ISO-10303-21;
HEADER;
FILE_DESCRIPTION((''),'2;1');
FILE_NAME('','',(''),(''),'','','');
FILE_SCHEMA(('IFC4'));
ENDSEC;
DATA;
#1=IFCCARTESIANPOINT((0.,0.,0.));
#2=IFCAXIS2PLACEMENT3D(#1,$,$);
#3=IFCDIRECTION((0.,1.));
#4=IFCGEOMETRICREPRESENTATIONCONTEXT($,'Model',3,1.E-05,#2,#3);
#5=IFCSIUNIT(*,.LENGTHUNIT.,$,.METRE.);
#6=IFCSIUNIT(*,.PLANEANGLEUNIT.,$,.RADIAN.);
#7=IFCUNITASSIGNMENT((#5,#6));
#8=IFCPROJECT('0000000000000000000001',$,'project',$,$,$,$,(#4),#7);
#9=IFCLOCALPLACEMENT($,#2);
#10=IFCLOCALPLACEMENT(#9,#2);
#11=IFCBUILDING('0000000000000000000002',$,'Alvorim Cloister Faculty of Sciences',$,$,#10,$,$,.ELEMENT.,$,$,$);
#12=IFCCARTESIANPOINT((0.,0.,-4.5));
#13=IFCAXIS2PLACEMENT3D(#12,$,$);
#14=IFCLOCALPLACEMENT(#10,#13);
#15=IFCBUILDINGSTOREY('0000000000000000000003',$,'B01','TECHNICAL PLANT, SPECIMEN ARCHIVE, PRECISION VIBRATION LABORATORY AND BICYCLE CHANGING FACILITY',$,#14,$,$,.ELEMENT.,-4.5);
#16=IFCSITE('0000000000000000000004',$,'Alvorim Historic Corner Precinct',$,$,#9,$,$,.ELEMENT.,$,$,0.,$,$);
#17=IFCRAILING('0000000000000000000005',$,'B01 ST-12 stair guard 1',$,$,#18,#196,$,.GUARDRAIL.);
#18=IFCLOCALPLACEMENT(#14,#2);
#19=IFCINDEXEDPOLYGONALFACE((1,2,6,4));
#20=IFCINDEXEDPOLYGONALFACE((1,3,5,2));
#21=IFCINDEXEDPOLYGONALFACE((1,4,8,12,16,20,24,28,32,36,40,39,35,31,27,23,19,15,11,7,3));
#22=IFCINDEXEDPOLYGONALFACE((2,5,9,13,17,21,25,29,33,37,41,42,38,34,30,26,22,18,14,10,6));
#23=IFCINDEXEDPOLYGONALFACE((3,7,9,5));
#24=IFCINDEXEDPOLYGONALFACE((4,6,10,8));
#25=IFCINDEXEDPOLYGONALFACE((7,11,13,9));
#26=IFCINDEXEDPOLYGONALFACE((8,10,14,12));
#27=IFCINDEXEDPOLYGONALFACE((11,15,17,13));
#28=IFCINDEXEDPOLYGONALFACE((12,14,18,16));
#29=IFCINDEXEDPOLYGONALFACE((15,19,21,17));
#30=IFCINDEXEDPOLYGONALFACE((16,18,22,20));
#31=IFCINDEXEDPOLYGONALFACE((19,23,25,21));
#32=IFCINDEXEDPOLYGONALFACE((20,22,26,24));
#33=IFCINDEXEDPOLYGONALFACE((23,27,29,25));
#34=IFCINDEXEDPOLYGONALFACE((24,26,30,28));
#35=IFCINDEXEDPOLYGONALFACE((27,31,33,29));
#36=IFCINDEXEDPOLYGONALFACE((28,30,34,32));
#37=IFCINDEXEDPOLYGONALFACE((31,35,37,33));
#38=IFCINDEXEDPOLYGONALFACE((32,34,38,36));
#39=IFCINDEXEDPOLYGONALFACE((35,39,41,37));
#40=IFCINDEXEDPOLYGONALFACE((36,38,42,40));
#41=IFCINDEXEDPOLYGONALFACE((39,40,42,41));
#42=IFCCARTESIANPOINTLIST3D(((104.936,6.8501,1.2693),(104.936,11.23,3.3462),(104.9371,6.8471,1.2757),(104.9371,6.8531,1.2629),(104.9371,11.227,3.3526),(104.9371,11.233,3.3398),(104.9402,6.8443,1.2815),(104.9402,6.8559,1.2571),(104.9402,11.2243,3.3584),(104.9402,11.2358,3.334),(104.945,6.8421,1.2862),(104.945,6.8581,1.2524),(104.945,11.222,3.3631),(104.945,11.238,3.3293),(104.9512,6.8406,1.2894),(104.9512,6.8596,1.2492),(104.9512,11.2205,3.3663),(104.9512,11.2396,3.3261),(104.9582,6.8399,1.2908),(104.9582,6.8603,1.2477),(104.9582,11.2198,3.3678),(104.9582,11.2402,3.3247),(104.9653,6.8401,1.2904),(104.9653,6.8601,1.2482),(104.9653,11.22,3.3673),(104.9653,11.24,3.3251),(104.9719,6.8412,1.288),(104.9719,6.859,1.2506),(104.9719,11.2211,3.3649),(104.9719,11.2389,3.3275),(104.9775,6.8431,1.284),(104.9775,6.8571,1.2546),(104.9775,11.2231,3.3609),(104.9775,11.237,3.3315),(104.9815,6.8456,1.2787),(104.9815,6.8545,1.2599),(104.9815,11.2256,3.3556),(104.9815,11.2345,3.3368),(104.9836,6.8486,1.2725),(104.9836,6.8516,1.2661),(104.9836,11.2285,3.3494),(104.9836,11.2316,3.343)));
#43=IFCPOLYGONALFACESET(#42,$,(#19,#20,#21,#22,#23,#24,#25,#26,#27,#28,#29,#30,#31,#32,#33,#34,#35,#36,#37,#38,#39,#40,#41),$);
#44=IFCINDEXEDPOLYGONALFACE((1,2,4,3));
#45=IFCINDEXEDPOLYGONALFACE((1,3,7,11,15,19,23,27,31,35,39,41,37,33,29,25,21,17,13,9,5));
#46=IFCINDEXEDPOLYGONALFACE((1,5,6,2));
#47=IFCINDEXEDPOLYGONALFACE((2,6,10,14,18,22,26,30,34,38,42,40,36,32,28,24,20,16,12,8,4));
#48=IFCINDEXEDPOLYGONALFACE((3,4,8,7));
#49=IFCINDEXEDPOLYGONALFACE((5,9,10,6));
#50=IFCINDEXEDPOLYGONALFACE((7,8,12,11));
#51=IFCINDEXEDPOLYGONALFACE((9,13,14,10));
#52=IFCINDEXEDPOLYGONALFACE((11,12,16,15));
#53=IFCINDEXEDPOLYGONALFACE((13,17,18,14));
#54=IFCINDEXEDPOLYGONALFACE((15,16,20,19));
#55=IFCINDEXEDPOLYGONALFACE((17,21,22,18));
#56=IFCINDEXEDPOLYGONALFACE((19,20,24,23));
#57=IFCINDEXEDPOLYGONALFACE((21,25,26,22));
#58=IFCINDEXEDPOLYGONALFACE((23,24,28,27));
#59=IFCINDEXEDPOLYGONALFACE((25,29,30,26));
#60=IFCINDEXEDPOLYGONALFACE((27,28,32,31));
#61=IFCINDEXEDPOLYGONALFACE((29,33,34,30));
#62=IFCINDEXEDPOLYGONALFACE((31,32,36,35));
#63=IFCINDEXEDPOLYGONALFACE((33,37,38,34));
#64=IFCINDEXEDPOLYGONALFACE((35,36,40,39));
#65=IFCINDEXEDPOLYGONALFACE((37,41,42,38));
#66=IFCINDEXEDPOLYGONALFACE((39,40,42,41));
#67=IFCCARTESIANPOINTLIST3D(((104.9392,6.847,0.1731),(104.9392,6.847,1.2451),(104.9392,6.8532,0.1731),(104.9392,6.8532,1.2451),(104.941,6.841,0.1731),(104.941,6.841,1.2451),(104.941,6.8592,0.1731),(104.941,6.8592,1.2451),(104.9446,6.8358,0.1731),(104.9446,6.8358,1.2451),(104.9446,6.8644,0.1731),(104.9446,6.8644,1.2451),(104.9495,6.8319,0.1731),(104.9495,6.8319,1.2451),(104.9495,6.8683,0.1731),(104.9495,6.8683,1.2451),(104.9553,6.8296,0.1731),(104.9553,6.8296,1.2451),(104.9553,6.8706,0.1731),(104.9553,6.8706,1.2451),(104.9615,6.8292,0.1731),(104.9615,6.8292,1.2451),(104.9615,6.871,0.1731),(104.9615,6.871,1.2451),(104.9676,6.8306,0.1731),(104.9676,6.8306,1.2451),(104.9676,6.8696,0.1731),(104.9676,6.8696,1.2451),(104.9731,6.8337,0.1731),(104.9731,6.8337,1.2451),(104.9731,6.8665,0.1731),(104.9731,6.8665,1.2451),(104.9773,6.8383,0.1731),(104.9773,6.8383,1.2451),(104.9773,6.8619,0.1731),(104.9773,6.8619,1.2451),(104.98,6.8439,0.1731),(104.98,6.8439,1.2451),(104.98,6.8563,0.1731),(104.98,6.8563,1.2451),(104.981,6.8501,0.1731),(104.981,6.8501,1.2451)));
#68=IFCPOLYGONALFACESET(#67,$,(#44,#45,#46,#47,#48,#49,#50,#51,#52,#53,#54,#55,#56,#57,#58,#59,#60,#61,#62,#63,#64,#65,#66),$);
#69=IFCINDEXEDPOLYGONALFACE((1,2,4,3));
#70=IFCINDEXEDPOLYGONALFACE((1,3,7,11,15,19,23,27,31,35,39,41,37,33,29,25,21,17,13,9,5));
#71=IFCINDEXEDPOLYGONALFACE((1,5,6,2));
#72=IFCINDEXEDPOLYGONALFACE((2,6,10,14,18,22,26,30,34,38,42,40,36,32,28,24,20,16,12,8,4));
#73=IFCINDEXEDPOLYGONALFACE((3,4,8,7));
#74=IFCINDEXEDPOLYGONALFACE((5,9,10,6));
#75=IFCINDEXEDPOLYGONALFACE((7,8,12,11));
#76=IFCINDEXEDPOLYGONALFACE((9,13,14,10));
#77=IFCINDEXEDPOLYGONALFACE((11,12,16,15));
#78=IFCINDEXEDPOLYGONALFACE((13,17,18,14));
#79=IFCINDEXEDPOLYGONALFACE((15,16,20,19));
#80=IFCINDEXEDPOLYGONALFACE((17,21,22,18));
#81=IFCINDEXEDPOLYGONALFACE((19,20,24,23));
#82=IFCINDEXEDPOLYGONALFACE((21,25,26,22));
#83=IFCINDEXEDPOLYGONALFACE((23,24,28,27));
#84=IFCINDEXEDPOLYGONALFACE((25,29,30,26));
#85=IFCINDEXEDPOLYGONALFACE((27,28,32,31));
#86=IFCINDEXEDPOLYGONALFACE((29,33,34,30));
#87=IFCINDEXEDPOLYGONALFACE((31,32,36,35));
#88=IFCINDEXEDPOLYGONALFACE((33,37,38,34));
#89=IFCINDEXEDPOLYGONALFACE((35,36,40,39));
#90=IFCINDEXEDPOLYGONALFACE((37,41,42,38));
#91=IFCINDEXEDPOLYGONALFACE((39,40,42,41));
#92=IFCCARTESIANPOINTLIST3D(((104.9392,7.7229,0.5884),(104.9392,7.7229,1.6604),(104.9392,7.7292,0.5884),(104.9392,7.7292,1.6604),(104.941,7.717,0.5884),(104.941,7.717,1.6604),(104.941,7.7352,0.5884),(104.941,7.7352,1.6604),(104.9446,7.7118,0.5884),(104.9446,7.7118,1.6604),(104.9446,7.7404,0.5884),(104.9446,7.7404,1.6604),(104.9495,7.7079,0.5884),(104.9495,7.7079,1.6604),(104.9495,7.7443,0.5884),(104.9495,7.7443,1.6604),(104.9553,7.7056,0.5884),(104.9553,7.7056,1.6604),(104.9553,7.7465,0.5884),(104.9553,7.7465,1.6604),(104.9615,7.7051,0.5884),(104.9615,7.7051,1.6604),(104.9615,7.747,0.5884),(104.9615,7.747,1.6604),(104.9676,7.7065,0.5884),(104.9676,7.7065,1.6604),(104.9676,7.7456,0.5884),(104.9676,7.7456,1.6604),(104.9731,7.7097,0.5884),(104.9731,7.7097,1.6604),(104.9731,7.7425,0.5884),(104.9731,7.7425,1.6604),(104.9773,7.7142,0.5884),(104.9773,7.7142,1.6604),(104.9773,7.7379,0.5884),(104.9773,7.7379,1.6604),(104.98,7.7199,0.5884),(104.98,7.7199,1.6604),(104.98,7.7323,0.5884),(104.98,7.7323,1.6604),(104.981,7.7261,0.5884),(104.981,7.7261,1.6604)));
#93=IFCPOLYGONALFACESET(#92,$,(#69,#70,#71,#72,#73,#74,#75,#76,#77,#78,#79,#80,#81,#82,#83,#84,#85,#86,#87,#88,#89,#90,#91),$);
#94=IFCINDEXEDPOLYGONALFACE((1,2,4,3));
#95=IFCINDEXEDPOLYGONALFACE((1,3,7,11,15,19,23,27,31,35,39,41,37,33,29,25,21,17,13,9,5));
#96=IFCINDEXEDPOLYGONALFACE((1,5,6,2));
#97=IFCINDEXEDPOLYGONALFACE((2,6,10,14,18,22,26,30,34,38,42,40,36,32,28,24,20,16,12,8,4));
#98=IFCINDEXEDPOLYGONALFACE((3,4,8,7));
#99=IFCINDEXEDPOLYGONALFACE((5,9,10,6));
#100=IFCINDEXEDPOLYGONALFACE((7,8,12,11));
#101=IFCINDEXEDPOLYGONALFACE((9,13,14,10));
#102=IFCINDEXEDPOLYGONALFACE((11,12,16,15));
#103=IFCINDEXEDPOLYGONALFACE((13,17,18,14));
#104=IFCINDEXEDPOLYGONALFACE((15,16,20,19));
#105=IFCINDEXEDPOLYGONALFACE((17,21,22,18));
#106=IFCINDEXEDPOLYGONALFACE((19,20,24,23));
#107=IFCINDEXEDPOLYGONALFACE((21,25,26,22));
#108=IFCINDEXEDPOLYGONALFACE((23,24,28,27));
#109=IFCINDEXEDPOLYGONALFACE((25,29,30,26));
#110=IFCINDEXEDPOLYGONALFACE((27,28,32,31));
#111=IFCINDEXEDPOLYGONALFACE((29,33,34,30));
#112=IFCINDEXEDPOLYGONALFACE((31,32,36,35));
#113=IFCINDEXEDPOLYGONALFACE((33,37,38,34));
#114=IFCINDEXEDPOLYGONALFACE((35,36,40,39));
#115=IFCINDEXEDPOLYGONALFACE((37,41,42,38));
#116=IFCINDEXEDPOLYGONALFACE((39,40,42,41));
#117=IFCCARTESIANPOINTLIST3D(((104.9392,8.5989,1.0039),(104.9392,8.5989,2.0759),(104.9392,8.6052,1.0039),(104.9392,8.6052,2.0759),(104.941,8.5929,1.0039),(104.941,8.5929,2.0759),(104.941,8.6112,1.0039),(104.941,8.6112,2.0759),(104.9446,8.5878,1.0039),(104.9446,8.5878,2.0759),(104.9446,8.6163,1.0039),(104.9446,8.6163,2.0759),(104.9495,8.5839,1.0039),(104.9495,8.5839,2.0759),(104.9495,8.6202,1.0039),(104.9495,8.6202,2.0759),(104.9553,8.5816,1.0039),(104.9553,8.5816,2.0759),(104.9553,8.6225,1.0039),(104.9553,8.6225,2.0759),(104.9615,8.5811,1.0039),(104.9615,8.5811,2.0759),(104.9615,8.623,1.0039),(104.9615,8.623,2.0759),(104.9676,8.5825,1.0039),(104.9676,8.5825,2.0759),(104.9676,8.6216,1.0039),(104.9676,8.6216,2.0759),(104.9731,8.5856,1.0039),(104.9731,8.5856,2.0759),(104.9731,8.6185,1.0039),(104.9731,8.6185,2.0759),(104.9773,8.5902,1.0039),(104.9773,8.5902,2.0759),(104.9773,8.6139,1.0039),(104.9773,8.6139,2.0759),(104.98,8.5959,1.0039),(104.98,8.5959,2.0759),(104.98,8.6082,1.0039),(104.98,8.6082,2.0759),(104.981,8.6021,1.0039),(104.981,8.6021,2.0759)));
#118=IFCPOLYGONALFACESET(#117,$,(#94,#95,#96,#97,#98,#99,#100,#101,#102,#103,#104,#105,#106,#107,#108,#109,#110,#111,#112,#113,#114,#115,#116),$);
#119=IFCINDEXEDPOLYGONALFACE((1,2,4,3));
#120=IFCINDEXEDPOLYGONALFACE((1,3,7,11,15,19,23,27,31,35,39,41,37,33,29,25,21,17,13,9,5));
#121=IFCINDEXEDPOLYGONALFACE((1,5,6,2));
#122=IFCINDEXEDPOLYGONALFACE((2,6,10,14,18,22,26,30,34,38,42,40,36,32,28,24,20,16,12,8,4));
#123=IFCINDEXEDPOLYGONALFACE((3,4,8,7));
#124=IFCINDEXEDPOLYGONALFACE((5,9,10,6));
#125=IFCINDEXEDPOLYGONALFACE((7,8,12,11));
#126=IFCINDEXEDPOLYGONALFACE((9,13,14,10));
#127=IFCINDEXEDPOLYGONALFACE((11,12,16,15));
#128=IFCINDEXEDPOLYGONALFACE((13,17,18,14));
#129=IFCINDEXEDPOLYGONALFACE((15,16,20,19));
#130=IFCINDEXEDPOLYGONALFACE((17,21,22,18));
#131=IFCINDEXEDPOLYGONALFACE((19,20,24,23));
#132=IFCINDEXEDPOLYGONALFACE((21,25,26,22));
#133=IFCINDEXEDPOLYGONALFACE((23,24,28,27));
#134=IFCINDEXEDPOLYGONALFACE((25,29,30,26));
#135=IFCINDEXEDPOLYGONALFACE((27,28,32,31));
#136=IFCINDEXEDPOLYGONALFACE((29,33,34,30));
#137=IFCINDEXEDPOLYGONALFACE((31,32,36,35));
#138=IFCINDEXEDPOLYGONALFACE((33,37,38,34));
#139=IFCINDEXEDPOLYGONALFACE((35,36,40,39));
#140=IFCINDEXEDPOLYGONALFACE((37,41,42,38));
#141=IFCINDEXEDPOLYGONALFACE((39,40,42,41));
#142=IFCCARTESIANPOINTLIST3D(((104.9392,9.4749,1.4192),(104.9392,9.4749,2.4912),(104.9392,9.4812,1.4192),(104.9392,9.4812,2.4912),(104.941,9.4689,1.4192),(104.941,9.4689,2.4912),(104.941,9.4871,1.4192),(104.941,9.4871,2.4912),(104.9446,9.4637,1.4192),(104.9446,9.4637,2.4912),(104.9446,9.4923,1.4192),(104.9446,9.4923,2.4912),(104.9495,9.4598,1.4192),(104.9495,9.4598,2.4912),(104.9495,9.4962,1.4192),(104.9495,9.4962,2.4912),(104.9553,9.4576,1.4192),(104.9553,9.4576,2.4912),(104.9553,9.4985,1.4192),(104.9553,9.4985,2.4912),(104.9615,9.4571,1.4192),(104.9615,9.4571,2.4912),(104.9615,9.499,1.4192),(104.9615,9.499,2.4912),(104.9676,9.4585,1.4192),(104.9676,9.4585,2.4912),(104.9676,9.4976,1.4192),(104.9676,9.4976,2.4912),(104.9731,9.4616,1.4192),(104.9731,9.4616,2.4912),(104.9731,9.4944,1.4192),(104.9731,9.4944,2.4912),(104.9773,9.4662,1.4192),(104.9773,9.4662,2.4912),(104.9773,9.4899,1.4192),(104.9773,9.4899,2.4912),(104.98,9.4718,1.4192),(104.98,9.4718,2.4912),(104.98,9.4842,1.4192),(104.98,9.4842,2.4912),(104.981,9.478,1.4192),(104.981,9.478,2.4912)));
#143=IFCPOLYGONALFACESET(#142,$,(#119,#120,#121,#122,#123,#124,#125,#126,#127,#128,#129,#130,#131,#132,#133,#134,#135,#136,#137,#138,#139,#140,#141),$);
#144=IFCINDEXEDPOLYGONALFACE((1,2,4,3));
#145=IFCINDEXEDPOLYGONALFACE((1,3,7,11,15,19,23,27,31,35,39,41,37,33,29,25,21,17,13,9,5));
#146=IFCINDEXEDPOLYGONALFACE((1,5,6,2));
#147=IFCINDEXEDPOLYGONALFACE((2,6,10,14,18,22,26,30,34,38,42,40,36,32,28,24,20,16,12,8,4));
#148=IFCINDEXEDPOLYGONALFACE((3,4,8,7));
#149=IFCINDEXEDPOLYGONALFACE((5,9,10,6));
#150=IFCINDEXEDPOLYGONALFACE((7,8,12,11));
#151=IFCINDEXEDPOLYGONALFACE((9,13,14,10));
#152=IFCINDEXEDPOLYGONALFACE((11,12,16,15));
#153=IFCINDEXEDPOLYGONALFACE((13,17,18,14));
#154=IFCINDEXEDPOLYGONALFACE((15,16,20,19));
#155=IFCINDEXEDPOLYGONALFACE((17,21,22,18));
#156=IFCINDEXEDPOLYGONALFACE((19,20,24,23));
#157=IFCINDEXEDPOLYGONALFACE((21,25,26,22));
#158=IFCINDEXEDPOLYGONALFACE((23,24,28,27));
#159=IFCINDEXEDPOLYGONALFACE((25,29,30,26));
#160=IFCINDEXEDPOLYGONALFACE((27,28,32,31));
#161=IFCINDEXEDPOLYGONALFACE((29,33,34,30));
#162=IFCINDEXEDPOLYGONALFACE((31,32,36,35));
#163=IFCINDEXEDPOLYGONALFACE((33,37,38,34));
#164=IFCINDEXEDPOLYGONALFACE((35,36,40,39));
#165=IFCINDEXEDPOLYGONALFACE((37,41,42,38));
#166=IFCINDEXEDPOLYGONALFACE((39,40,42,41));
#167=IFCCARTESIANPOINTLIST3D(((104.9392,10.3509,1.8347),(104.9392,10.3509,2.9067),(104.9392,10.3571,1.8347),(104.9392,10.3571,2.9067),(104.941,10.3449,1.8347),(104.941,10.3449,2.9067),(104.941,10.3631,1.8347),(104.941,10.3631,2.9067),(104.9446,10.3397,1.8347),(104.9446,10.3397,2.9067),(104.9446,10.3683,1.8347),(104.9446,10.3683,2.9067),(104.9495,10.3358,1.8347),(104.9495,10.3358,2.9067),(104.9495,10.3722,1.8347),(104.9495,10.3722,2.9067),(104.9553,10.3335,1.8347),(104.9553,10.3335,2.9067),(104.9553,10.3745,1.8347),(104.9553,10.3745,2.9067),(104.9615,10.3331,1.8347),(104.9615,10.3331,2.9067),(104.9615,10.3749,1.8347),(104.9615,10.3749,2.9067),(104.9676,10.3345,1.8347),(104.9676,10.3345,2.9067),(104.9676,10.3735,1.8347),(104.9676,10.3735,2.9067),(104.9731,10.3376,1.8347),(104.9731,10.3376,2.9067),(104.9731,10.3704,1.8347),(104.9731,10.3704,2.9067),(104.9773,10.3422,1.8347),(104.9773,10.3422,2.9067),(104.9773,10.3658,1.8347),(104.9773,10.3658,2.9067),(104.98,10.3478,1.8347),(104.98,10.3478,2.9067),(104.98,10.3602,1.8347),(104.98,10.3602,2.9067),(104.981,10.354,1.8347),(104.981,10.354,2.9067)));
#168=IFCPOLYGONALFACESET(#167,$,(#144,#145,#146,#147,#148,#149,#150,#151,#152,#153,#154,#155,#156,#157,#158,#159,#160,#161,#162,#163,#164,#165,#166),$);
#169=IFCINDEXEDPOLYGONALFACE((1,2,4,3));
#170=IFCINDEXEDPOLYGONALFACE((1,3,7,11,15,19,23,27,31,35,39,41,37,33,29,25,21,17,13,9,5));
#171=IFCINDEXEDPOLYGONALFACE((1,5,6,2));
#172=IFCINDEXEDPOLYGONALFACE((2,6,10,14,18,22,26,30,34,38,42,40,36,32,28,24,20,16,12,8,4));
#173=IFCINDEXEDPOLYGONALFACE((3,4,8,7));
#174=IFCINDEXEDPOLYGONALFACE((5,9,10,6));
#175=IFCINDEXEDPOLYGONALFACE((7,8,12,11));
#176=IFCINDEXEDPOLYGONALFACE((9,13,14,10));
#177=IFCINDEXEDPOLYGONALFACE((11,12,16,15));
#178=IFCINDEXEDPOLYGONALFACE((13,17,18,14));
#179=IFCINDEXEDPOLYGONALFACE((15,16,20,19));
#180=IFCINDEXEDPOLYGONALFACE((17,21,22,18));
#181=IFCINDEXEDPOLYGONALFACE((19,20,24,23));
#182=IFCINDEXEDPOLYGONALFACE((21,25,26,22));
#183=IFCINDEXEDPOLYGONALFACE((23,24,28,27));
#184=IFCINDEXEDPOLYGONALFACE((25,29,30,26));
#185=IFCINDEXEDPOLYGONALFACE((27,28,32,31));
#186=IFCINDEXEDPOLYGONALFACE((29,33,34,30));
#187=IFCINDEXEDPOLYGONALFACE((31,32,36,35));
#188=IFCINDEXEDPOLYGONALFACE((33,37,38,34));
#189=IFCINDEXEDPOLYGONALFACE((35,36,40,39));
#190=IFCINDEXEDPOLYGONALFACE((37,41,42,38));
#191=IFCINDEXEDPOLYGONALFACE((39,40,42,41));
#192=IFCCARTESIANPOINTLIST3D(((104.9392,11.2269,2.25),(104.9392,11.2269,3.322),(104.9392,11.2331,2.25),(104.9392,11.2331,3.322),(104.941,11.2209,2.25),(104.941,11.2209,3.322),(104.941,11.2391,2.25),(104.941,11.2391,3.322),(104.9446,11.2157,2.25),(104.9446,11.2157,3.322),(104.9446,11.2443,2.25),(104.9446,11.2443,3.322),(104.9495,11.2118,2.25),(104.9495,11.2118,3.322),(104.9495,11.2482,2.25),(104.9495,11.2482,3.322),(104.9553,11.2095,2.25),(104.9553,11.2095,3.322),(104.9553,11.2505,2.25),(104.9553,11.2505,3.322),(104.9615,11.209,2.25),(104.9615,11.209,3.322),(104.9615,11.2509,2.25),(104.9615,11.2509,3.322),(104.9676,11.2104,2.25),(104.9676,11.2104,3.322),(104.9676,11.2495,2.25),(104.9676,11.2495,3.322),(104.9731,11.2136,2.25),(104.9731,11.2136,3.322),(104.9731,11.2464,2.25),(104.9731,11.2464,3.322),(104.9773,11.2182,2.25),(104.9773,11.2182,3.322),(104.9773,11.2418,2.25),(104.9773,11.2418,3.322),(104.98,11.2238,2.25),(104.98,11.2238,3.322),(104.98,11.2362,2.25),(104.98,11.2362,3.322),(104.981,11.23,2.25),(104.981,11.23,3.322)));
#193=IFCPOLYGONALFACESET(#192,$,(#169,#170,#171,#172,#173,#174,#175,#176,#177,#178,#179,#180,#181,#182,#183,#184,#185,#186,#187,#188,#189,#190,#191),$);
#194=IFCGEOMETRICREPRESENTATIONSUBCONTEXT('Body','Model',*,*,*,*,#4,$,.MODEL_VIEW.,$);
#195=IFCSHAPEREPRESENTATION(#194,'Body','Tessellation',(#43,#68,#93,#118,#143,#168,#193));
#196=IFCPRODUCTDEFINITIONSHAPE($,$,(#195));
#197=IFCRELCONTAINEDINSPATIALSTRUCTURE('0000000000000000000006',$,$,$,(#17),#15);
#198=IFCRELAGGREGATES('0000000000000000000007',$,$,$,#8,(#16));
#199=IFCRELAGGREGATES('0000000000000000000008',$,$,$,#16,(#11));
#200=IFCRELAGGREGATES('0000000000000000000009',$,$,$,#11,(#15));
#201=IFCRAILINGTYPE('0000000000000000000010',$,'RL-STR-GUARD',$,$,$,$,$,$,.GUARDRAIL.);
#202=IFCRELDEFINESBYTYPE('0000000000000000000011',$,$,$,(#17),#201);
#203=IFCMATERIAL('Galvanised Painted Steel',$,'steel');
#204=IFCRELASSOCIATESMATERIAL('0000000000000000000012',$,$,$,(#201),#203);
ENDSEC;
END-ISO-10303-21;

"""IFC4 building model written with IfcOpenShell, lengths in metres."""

from ifc_helpers import new_model, si_unit, direction, frame, origin, origin_2d, place, context, subcontext, project, spatial, circle, extrude, material, type_object, element, save


model = new_model("IFC4")

# Units and contexts
model_context = context("Model", 3, precision=1e-05, world=origin(), true_north=direction((0.0, 1.0)))
body_context = subcontext(model_context, "Body", "Model", "MODEL_VIEW")
ifc_project = project(units=[si_unit("LENGTHUNIT", "METRE"), si_unit("PLANEANGLEUNIT", "RADIAN")], contexts=[model_context])

# Site, building, storey
site_placement = place(None, origin())
site = spatial("IfcSite", under=ifc_project, at=site_placement, Name="Alvorim Historic Corner Precinct", CompositionType="ELEMENT", RefElevation=0.0)
building_placement = place(site_placement, origin())
building = spatial("IfcBuilding", under=site, at=building_placement, Name="Alvorim Cloister Faculty of Sciences", CompositionType="ELEMENT")
storey_placement = place(building_placement, frame((0.0, 0.0, -4.5)))
storey = spatial("IfcBuildingStorey", under=building, at=storey_placement, Name="B01", Description="TECHNICAL PLANT, SPECIMEN ARCHIVE, PRECISION VIBRATION LABORATORY AND BICYCLE CHANGING FACILITY", CompositionType="ELEMENT", Elevation=-4.5)

# Railing
ifc_material_1 = material(Name="Galvanised Painted Steel", Category="steel")
railing_type_1 = type_object("IfcRailingType", Name="RL-STR-GUARD", PredefinedType="GUARDRAIL", material=ifc_material_1)
railing_1_placement = place(storey_placement, frame((104.96, 6.8501, 0.1731)))
element("IfcRailing", 1, at=railing_1_placement, inside=storey, type_object=railing_type_1, Name="B01 ST-12 stair guard 1", PredefinedType="GUARDRAIL", context=body_context, shape_type="SweptSolid", body=[
    extrude(circle(Radius=0.0239, at=origin_2d()), frame((0.0, 0.0, 1.0962), z_axis=(0.0, 0.90356, 0.428461), x_axis=(-1.0, 0.0, 0.0)), (0.0, 0.0, 1.0), 4.8474),
    extrude(circle(Radius=0.021, at=origin_2d()), origin(), (0.0, 0.0, 1.0), 1.072),
    extrude(circle(Radius=0.021, at=origin_2d()), frame((0.0, 0.876, 0.4153)), (0.0, 0.0, 1.0), 1.072),
    extrude(circle(Radius=0.021, at=origin_2d()), frame((0.0, 1.752, 0.8308)), (0.0, 0.0, 1.0), 1.072),
    extrude(circle(Radius=0.021, at=origin_2d()), frame((0.0, 2.6279, 1.2461)), (0.0, 0.0, 1.0), 1.072),
    extrude(circle(Radius=0.021, at=origin_2d()), frame((0.0, 3.5039, 1.6616)), (0.0, 0.0, 1.0), 1.072),
    extrude(circle(Radius=0.021, at=origin_2d()), frame((0.0, 4.3799, 2.0769)), (0.0, 0.0, 1.0), 1.072),
])

save(model, "model.ifc")
